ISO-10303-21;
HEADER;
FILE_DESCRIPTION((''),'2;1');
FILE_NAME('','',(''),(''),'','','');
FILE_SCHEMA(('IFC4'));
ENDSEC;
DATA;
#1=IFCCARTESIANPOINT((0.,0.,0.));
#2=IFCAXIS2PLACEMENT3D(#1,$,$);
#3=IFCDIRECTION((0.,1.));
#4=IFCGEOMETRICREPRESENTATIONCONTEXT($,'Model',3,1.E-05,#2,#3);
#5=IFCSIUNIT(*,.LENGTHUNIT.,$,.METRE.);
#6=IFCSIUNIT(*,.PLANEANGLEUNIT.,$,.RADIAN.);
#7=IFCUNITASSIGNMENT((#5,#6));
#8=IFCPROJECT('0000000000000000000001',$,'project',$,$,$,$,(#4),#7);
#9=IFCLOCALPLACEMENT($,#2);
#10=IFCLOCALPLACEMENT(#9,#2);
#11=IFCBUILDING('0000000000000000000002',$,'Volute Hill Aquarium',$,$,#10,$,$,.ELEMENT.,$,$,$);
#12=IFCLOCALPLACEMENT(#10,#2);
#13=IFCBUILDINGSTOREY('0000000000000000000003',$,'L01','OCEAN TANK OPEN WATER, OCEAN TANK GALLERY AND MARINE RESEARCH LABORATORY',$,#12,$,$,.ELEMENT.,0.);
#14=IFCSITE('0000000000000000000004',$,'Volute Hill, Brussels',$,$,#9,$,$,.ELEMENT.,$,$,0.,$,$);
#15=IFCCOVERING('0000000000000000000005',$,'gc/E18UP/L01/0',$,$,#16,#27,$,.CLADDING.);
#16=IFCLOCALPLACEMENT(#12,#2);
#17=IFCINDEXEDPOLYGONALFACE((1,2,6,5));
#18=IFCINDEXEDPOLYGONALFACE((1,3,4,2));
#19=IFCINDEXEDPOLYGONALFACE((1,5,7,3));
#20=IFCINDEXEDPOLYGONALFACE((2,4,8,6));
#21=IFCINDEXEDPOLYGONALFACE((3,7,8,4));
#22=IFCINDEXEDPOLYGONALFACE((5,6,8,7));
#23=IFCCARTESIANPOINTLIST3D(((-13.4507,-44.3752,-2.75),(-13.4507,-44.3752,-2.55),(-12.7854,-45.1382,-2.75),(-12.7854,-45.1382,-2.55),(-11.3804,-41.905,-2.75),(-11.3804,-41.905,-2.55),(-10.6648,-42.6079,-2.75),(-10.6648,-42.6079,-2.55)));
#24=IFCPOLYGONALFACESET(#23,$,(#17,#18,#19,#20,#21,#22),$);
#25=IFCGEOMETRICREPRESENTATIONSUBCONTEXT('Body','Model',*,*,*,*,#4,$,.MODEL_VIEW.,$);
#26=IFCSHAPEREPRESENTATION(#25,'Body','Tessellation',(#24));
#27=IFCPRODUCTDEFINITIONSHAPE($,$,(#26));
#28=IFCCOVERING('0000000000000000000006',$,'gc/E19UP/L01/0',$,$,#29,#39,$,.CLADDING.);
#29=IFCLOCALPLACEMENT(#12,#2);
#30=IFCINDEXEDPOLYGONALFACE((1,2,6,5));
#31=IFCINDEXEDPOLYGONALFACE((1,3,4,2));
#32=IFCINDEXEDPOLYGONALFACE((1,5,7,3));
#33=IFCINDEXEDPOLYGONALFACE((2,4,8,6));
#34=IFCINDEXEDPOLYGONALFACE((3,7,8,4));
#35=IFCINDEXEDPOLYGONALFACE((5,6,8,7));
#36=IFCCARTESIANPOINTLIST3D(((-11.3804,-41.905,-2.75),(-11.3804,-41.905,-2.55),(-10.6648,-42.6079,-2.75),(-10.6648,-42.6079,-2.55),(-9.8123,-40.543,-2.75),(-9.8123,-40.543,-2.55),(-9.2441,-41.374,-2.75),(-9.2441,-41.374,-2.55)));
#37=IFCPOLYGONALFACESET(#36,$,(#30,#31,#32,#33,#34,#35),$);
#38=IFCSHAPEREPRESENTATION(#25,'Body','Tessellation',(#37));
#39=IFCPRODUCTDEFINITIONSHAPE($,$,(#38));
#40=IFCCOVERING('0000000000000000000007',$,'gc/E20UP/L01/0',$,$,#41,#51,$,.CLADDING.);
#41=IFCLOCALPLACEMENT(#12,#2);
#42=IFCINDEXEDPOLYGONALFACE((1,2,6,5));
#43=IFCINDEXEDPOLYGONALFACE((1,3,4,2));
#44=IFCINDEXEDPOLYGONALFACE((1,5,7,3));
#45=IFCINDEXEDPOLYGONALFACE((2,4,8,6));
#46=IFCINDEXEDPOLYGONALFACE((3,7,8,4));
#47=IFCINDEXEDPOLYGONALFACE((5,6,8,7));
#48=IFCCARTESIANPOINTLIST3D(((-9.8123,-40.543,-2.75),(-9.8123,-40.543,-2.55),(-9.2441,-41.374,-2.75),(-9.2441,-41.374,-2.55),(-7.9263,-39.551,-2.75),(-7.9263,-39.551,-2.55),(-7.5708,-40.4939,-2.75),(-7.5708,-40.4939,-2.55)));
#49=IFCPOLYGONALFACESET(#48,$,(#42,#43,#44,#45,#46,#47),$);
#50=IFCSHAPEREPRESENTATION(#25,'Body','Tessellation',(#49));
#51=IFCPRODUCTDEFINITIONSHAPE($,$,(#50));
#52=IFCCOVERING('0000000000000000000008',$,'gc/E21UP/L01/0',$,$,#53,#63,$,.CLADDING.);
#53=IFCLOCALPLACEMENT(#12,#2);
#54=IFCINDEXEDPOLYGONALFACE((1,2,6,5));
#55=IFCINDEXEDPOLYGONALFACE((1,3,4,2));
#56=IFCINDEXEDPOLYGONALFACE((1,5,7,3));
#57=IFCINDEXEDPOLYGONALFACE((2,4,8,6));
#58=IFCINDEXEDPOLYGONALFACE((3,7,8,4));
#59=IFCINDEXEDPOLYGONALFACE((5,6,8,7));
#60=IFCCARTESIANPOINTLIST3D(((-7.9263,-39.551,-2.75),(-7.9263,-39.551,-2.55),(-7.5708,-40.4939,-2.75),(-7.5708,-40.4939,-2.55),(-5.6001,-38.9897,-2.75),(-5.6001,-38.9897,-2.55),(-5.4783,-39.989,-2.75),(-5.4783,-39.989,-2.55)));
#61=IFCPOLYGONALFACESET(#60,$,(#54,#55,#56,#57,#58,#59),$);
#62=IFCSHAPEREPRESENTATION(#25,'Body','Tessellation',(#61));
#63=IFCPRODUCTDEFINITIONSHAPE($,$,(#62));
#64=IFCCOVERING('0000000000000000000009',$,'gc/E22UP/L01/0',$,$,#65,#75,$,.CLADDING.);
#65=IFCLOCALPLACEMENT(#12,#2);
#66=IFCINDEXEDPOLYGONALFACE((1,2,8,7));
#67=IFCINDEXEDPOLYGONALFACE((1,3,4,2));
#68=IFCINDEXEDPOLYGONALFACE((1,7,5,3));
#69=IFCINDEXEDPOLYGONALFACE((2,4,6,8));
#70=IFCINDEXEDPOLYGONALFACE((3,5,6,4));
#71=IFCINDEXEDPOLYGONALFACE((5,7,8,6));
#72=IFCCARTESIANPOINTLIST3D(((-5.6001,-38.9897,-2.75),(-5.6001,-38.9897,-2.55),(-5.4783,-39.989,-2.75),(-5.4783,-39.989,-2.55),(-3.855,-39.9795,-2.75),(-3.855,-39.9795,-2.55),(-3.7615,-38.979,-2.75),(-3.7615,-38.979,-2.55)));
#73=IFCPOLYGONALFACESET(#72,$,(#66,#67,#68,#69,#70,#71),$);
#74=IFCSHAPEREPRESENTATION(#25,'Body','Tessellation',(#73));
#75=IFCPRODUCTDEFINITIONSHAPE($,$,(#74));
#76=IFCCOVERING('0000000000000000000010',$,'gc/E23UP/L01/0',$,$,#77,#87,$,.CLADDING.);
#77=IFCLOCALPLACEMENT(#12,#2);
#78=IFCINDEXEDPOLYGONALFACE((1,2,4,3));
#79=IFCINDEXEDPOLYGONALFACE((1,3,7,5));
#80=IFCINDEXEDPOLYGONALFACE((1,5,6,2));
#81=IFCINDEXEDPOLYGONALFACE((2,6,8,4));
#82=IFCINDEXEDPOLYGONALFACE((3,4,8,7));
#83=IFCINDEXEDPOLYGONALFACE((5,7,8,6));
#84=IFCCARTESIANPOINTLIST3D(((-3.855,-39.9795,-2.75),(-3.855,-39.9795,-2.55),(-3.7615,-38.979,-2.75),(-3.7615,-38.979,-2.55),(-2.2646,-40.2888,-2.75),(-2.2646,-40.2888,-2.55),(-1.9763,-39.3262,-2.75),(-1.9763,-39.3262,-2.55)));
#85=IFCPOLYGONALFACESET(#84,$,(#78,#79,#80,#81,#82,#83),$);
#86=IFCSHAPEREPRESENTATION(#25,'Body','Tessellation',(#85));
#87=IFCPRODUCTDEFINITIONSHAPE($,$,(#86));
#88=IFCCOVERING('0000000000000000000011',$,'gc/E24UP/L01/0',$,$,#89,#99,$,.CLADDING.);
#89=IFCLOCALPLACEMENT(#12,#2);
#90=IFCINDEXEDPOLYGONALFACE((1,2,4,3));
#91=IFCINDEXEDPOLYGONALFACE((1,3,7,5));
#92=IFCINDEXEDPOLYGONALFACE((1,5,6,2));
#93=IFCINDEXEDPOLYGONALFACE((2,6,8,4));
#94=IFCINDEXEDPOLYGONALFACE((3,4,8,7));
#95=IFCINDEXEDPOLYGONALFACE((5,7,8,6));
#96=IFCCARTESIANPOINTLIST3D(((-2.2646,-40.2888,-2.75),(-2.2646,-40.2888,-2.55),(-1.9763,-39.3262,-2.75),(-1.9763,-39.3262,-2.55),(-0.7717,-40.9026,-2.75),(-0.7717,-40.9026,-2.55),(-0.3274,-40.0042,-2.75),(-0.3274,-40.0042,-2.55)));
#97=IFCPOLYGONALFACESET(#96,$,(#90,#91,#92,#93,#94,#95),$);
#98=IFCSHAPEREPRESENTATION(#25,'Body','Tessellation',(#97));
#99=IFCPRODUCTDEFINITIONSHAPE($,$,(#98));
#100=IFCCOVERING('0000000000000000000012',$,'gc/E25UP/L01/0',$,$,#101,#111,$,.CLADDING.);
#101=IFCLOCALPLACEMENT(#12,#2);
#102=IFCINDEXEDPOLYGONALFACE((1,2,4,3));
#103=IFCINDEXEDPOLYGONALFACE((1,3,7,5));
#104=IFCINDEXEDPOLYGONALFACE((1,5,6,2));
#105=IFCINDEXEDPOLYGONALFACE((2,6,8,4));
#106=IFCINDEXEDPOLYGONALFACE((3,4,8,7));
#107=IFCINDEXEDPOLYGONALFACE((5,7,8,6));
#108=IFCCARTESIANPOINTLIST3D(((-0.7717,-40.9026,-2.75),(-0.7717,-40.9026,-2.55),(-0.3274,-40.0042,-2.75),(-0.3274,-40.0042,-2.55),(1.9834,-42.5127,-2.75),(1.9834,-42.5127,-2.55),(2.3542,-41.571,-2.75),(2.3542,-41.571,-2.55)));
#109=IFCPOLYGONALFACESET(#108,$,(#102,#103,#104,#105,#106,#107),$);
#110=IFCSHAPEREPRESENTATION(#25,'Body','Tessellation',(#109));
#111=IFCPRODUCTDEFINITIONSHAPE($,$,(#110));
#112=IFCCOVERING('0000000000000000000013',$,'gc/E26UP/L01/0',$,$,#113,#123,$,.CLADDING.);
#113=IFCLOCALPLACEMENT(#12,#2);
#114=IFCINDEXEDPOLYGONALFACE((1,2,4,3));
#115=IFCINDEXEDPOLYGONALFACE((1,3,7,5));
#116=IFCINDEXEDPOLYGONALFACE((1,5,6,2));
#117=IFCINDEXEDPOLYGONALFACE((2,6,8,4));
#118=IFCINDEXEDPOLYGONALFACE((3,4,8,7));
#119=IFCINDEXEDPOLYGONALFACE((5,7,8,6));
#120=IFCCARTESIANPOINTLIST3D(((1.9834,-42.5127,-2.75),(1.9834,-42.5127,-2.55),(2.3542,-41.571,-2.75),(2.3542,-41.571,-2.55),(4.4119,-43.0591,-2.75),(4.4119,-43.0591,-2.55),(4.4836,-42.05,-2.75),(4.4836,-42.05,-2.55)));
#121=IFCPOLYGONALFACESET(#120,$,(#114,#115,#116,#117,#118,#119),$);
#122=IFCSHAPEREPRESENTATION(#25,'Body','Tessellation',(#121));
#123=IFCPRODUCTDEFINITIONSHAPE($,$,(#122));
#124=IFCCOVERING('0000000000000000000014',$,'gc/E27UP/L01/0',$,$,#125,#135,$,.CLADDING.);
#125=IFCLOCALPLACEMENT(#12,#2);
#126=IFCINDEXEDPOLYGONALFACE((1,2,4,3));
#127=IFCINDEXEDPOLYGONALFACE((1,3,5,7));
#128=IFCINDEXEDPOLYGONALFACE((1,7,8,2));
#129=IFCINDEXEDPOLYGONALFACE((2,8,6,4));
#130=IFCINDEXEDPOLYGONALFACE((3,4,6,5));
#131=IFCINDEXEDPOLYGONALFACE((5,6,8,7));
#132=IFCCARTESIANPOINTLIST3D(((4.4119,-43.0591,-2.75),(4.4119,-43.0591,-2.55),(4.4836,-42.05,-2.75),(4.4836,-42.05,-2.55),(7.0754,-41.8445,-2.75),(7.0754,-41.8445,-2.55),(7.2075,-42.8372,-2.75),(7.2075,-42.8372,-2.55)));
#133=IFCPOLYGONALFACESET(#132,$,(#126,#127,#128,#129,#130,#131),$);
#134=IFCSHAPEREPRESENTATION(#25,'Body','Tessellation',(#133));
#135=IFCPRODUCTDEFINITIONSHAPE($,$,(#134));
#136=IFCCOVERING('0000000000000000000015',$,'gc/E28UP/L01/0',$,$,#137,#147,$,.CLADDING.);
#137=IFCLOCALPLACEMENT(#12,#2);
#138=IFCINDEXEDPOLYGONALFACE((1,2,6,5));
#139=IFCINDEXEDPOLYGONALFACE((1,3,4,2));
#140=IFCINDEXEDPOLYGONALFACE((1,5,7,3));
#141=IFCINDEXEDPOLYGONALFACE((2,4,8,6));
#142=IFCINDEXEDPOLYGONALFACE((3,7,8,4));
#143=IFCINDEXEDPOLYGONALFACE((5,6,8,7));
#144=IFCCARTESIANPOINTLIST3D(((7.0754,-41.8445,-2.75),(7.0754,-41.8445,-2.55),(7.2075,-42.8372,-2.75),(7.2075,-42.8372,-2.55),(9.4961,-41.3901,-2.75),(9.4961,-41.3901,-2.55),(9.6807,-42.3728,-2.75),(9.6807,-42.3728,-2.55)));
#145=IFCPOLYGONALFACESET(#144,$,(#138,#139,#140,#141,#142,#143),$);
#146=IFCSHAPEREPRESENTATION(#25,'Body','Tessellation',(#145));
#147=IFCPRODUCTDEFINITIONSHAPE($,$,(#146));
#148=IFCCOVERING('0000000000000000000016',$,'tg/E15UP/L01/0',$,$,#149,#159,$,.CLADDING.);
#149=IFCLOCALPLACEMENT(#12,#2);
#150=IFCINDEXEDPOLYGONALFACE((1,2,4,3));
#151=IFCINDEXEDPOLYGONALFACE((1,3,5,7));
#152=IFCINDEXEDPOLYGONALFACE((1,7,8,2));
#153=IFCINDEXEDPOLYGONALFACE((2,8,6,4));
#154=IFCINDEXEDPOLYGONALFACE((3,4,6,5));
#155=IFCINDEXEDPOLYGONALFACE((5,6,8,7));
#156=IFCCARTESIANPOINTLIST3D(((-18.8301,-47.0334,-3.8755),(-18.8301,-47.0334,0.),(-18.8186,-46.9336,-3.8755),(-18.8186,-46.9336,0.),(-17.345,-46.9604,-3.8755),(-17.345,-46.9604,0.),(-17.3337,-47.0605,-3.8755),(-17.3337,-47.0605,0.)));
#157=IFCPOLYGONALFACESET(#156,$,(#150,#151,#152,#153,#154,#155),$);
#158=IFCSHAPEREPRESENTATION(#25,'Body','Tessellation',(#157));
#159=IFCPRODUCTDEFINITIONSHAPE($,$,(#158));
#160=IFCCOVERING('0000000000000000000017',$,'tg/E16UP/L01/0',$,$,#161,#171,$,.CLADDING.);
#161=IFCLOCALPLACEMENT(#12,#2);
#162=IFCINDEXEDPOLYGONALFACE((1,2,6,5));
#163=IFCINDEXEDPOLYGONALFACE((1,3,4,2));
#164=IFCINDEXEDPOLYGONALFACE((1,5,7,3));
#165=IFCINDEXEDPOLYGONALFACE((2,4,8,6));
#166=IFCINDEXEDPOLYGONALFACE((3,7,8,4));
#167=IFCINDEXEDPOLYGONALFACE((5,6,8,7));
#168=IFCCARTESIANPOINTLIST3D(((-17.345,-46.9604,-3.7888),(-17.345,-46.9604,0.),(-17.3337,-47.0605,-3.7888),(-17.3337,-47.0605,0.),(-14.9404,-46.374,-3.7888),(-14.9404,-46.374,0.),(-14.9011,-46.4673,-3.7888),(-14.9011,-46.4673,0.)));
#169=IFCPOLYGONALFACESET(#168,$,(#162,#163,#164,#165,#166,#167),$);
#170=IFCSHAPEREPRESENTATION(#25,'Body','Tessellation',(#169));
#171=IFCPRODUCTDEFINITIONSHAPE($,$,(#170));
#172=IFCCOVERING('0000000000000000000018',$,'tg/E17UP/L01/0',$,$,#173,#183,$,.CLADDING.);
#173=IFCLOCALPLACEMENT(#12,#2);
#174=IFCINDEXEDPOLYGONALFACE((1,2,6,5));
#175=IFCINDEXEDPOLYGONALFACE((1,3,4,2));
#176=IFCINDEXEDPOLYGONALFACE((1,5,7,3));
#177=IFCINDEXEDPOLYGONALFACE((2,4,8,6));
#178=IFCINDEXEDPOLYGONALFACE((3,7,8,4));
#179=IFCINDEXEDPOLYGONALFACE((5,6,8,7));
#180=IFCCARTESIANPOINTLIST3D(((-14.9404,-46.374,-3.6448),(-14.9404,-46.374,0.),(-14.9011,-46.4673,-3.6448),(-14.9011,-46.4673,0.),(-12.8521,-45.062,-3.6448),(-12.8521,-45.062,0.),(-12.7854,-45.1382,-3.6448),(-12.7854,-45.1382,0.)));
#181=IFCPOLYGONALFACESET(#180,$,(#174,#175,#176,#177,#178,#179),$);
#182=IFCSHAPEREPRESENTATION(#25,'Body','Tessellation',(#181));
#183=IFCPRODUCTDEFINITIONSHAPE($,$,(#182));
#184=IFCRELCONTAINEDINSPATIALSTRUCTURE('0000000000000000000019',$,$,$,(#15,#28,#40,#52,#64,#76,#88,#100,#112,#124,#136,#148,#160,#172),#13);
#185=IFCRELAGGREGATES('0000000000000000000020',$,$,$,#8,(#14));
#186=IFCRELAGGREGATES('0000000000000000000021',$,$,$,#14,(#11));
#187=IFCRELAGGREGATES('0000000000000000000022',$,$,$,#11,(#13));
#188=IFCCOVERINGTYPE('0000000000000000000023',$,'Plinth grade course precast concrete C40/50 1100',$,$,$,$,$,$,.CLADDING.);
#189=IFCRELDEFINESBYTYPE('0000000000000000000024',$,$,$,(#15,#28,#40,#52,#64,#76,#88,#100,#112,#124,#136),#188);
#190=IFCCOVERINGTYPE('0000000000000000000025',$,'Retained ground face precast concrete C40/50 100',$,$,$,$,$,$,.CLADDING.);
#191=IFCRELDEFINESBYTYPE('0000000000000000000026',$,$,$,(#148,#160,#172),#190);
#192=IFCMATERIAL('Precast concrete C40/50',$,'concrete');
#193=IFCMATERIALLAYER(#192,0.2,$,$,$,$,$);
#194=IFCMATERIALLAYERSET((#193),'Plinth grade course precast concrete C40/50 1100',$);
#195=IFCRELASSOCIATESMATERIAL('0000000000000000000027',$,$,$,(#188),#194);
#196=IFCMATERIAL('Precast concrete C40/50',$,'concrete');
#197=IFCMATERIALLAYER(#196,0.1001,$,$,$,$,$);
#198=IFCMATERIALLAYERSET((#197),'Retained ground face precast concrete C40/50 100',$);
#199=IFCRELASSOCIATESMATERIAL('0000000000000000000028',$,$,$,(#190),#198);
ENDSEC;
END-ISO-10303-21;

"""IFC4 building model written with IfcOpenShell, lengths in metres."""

from ifc_helpers import new_model, si_unit, direction, frame, origin, place, context, subcontext, project, spatial, polyline, outline, extrude, material, layer, layer_set, type_object, element, save


model = new_model("IFC4")

# Units and contexts
model_context = context("Model", 3, precision=1e-05, world=origin(), true_north=direction((0.0, 1.0)))
body_context = subcontext(model_context, "Body", "Model", "MODEL_VIEW")
ifc_project = project(units=[si_unit("LENGTHUNIT", "METRE"), si_unit("PLANEANGLEUNIT", "RADIAN")], contexts=[model_context])

# Site, building, storey
site_placement = place(None, origin())
site = spatial("IfcSite", under=ifc_project, at=site_placement, Name="Volute Hill, Brussels", CompositionType="ELEMENT", RefElevation=0.0)
building_placement = place(site_placement, origin())
building = spatial("IfcBuilding", under=site, at=building_placement, Name="Volute Hill Aquarium", CompositionType="ELEMENT")
storey_placement = place(building_placement, origin())
storey = spatial("IfcBuildingStorey", under=building, at=storey_placement, Name="L01", Description="OCEAN TANK OPEN WATER, OCEAN TANK GALLERY AND MARINE RESEARCH LABORATORY", CompositionType="ELEMENT", Elevation=0.0)

# Coverings
ifc_material_1 = material(Name="Precast concrete C40/50", Category="concrete")
ifc_layer_1 = layer(ifc_material_1, 0.2)
ifc_layer_set_1 = layer_set([ifc_layer_1], Name="Plinth grade course precast concrete C40/50 1100")
covering_type_1 = type_object("IfcCoveringType", Name="Plinth grade course precast concrete C40/50 1100", PredefinedType="CLADDING", material=ifc_layer_set_1)
covering_1_placement = place(storey_placement, frame((0.0, 0.0, -2.75)))
element("IfcCovering", 1, at=covering_1_placement, inside=storey, type_object=covering_type_1, Name="gc/E18UP/L01/0", PredefinedType="CLADDING", context=body_context, shape_type="SweptSolid", body=[
    extrude(outline(polyline([(-10.6648, -42.6079), (-10.6648, -42.6079), (-11.3804, -41.905), (-11.3804, -41.905), (-13.4507, -44.3752), (-12.7854, -45.1382), (-10.6648, -42.6079)])), origin(), (0.0, 0.0, 1.0), 0.2),
])
covering_2_placement = place(storey_placement, frame((0.0, 0.0, -2.75)))
element("IfcCovering", 2, at=covering_2_placement, inside=storey, type_object=covering_type_1, Name="gc/E19UP/L01/0", PredefinedType="CLADDING", context=body_context, shape_type="SweptSolid", body=[
    extrude(outline(polyline([(-9.2441, -41.374), (-9.2441, -41.374), (-9.8123, -40.543), (-9.8123, -40.543), (-11.3804, -41.905), (-10.6648, -42.6079), (-9.2441, -41.374)])), origin(), (0.0, 0.0, 1.0), 0.2),
])
covering_3_placement = place(storey_placement, frame((0.0, 0.0, -2.75)))
element("IfcCovering", 3, at=covering_3_placement, inside=storey, type_object=covering_type_1, Name="gc/E20UP/L01/0", PredefinedType="CLADDING", context=body_context, shape_type="SweptSolid", body=[
    extrude(outline(polyline([(-9.2441, -41.374), (-7.5708, -40.4939), (-7.9263, -39.551), (-9.8123, -40.543), (-9.2441, -41.374)])), origin(), (0.0, 0.0, 1.0), 0.2),
])
covering_4_placement = place(storey_placement, frame((0.0, 0.0, -2.75)))
element("IfcCovering", 4, at=covering_4_placement, inside=storey, type_object=covering_type_1, Name="gc/E21UP/L01/0", PredefinedType="CLADDING", context=body_context, shape_type="SweptSolid", body=[
    extrude(outline(polyline([(-5.4783, -39.989), (-5.4783, -39.989), (-5.6001, -38.9897), (-7.9263, -39.551), (-7.9263, -39.551), (-7.5708, -40.4939), (-7.5708, -40.4939), (-5.4783, -39.989)])), origin(), (0.0, 0.0, 1.0), 0.2),
])
covering_5_placement = place(storey_placement, frame((0.0, 0.0, -2.75)))
element("IfcCovering", 5, at=covering_5_placement, inside=storey, type_object=covering_type_1, Name="gc/E22UP/L01/0", PredefinedType="CLADDING", context=body_context, shape_type="SweptSolid", body=[
    extrude(outline(polyline([(-3.855, -39.9795), (-3.855, -39.9795), (-3.7615, -38.979), (-3.7615, -38.979), (-5.6001, -38.9897), (-5.6001, -38.9897), (-5.4783, -39.989), (-3.855, -39.9795)])), origin(), (0.0, 0.0, 1.0), 0.2),
])
covering_6_placement = place(storey_placement, frame((0.0, 0.0, -2.75)))
element("IfcCovering", 6, at=covering_6_placement, inside=storey, type_object=covering_type_1, Name="gc/E23UP/L01/0", PredefinedType="CLADDING", context=body_context, shape_type="SweptSolid", body=[
    extrude(outline(polyline([(-2.2646, -40.2888), (-2.2646, -40.2888), (-1.9763, -39.3262), (-1.9763, -39.3262), (-3.7615, -38.979), (-3.855, -39.9795), (-2.2646, -40.2888)])), origin(), (0.0, 0.0, 1.0), 0.2),
])
covering_7_placement = place(storey_placement, frame((0.0, 0.0, -2.75)))
element("IfcCovering", 7, at=covering_7_placement, inside=storey, type_object=covering_type_1, Name="gc/E24UP/L01/0", PredefinedType="CLADDING", context=body_context, shape_type="SweptSolid", body=[
    extrude(outline(polyline([(-2.2646, -40.2888), (-0.7717, -40.9026), (-0.3274, -40.0042), (-1.9763, -39.3262), (-2.2646, -40.2888)])), origin(), (0.0, 0.0, 1.0), 0.2),
])
covering_8_placement = place(storey_placement, frame((0.0, 0.0, -2.75)))
element("IfcCovering", 8, at=covering_8_placement, inside=storey, type_object=covering_type_1, Name="gc/E25UP/L01/0", PredefinedType="CLADDING", context=body_context, shape_type="SweptSolid", body=[
    extrude(outline(polyline([(1.9834, -42.5127), (1.9834, -42.5127), (2.3542, -41.571), (-0.3274, -40.0042), (-0.3274, -40.0042), (-0.7717, -40.9026), (-0.7717, -40.9026), (1.9834, -42.5127)])), origin(), (0.0, 0.0, 1.0), 0.2),
])
covering_9_placement = place(storey_placement, frame((0.0, 0.0, -2.75)))
element("IfcCovering", 9, at=covering_9_placement, inside=storey, type_object=covering_type_1, Name="gc/E26UP/L01/0", PredefinedType="CLADDING", context=body_context, shape_type="SweptSolid", body=[
    extrude(outline(polyline([(1.9834, -42.5127), (4.4119, -43.0591), (4.4836, -42.05), (2.3542, -41.571), (2.3542, -41.571), (1.9834, -42.5127)])), origin(), (0.0, 0.0, 1.0), 0.2),
])
covering_10_placement = place(storey_placement, frame((0.0, 0.0, -2.75)))
element("IfcCovering", 10, at=covering_10_placement, inside=storey, type_object=covering_type_1, Name="gc/E27UP/L01/0", PredefinedType="CLADDING", context=body_context, shape_type="SweptSolid", body=[
    extrude(outline(polyline([(4.4119, -43.0591), (7.2075, -42.8372), (7.0754, -41.8445), (4.4836, -42.05), (4.4836, -42.05), (4.4119, -43.0591), (4.4119, -43.0591)])), origin(), (0.0, 0.0, 1.0), 0.2),
])
covering_11_placement = place(storey_placement, frame((0.0, 0.0, -2.75)))
element("IfcCovering", 11, at=covering_11_placement, inside=storey, type_object=covering_type_1, Name="gc/E28UP/L01/0", PredefinedType="CLADDING", context=body_context, shape_type="SweptSolid", body=[
    extrude(outline(polyline([(7.2075, -42.8372), (9.6807, -42.3728), (9.4961, -41.3901), (7.0754, -41.8445), (7.0754, -41.8445), (7.2075, -42.8372), (7.2075, -42.8372)])), origin(), (0.0, 0.0, 1.0), 0.2),
])
ifc_material_2 = material(Name="Precast concrete C40/50", Category="concrete")
ifc_layer_2 = layer(ifc_material_2, 0.1001)
ifc_layer_set_2 = layer_set([ifc_layer_2], Name="Retained ground face precast concrete C40/50 100")
covering_type_2 = type_object("IfcCoveringType", Name="Retained ground face precast concrete C40/50 100", PredefinedType="CLADDING", material=ifc_layer_set_2)
covering_12_placement = place(storey_placement, frame((0.0, 0.0, -3.8755)))
element("IfcCovering", 12, at=covering_12_placement, inside=storey, type_object=covering_type_2, Name="tg/E15UP/L01/0", PredefinedType="CLADDING", context=body_context, shape_type="SweptSolid", body=[
    extrude(outline(polyline([(-18.8301, -47.0334), (-17.3337, -47.0605), (-17.345, -46.9604), (-18.8186, -46.9336), (-18.8186, -46.9336), (-18.8301, -47.0334), (-18.8301, -47.0334)])), origin(), (0.0, 0.0, 1.0), 3.8755),
])
covering_13_placement = place(storey_placement, frame((0.0, 0.0, -3.7888)))
element("IfcCovering", 13, at=covering_13_placement, inside=storey, type_object=covering_type_2, Name="tg/E16UP/L01/0", PredefinedType="CLADDING", context=body_context, shape_type="SweptSolid", body=[
    extrude(outline(polyline([(-17.3337, -47.0605), (-14.9011, -46.4673), (-14.9404, -46.374), (-17.345, -46.9604), (-17.345, -46.9604), (-17.3337, -47.0605), (-17.3337, -47.0605)])), origin(), (0.0, 0.0, 1.0), 3.7888),
])
covering_14_placement = place(storey_placement, frame((0.0, 0.0, -3.6448)))
element("IfcCovering", 14, at=covering_14_placement, inside=storey, type_object=covering_type_2, Name="tg/E17UP/L01/0", PredefinedType="CLADDING", context=body_context, shape_type="SweptSolid", body=[
    extrude(outline(polyline([(-12.7854, -45.1382), (-12.7854, -45.1382), (-12.8521, -45.062), (-12.8521, -45.062), (-14.9404, -46.374), (-14.9404, -46.374), (-14.9011, -46.4673), (-14.9011, -46.4673), (-12.7854, -45.1382)])), origin(), (0.0, 0.0, 1.0), 3.6448),
])

save(model, "model.ifc")
